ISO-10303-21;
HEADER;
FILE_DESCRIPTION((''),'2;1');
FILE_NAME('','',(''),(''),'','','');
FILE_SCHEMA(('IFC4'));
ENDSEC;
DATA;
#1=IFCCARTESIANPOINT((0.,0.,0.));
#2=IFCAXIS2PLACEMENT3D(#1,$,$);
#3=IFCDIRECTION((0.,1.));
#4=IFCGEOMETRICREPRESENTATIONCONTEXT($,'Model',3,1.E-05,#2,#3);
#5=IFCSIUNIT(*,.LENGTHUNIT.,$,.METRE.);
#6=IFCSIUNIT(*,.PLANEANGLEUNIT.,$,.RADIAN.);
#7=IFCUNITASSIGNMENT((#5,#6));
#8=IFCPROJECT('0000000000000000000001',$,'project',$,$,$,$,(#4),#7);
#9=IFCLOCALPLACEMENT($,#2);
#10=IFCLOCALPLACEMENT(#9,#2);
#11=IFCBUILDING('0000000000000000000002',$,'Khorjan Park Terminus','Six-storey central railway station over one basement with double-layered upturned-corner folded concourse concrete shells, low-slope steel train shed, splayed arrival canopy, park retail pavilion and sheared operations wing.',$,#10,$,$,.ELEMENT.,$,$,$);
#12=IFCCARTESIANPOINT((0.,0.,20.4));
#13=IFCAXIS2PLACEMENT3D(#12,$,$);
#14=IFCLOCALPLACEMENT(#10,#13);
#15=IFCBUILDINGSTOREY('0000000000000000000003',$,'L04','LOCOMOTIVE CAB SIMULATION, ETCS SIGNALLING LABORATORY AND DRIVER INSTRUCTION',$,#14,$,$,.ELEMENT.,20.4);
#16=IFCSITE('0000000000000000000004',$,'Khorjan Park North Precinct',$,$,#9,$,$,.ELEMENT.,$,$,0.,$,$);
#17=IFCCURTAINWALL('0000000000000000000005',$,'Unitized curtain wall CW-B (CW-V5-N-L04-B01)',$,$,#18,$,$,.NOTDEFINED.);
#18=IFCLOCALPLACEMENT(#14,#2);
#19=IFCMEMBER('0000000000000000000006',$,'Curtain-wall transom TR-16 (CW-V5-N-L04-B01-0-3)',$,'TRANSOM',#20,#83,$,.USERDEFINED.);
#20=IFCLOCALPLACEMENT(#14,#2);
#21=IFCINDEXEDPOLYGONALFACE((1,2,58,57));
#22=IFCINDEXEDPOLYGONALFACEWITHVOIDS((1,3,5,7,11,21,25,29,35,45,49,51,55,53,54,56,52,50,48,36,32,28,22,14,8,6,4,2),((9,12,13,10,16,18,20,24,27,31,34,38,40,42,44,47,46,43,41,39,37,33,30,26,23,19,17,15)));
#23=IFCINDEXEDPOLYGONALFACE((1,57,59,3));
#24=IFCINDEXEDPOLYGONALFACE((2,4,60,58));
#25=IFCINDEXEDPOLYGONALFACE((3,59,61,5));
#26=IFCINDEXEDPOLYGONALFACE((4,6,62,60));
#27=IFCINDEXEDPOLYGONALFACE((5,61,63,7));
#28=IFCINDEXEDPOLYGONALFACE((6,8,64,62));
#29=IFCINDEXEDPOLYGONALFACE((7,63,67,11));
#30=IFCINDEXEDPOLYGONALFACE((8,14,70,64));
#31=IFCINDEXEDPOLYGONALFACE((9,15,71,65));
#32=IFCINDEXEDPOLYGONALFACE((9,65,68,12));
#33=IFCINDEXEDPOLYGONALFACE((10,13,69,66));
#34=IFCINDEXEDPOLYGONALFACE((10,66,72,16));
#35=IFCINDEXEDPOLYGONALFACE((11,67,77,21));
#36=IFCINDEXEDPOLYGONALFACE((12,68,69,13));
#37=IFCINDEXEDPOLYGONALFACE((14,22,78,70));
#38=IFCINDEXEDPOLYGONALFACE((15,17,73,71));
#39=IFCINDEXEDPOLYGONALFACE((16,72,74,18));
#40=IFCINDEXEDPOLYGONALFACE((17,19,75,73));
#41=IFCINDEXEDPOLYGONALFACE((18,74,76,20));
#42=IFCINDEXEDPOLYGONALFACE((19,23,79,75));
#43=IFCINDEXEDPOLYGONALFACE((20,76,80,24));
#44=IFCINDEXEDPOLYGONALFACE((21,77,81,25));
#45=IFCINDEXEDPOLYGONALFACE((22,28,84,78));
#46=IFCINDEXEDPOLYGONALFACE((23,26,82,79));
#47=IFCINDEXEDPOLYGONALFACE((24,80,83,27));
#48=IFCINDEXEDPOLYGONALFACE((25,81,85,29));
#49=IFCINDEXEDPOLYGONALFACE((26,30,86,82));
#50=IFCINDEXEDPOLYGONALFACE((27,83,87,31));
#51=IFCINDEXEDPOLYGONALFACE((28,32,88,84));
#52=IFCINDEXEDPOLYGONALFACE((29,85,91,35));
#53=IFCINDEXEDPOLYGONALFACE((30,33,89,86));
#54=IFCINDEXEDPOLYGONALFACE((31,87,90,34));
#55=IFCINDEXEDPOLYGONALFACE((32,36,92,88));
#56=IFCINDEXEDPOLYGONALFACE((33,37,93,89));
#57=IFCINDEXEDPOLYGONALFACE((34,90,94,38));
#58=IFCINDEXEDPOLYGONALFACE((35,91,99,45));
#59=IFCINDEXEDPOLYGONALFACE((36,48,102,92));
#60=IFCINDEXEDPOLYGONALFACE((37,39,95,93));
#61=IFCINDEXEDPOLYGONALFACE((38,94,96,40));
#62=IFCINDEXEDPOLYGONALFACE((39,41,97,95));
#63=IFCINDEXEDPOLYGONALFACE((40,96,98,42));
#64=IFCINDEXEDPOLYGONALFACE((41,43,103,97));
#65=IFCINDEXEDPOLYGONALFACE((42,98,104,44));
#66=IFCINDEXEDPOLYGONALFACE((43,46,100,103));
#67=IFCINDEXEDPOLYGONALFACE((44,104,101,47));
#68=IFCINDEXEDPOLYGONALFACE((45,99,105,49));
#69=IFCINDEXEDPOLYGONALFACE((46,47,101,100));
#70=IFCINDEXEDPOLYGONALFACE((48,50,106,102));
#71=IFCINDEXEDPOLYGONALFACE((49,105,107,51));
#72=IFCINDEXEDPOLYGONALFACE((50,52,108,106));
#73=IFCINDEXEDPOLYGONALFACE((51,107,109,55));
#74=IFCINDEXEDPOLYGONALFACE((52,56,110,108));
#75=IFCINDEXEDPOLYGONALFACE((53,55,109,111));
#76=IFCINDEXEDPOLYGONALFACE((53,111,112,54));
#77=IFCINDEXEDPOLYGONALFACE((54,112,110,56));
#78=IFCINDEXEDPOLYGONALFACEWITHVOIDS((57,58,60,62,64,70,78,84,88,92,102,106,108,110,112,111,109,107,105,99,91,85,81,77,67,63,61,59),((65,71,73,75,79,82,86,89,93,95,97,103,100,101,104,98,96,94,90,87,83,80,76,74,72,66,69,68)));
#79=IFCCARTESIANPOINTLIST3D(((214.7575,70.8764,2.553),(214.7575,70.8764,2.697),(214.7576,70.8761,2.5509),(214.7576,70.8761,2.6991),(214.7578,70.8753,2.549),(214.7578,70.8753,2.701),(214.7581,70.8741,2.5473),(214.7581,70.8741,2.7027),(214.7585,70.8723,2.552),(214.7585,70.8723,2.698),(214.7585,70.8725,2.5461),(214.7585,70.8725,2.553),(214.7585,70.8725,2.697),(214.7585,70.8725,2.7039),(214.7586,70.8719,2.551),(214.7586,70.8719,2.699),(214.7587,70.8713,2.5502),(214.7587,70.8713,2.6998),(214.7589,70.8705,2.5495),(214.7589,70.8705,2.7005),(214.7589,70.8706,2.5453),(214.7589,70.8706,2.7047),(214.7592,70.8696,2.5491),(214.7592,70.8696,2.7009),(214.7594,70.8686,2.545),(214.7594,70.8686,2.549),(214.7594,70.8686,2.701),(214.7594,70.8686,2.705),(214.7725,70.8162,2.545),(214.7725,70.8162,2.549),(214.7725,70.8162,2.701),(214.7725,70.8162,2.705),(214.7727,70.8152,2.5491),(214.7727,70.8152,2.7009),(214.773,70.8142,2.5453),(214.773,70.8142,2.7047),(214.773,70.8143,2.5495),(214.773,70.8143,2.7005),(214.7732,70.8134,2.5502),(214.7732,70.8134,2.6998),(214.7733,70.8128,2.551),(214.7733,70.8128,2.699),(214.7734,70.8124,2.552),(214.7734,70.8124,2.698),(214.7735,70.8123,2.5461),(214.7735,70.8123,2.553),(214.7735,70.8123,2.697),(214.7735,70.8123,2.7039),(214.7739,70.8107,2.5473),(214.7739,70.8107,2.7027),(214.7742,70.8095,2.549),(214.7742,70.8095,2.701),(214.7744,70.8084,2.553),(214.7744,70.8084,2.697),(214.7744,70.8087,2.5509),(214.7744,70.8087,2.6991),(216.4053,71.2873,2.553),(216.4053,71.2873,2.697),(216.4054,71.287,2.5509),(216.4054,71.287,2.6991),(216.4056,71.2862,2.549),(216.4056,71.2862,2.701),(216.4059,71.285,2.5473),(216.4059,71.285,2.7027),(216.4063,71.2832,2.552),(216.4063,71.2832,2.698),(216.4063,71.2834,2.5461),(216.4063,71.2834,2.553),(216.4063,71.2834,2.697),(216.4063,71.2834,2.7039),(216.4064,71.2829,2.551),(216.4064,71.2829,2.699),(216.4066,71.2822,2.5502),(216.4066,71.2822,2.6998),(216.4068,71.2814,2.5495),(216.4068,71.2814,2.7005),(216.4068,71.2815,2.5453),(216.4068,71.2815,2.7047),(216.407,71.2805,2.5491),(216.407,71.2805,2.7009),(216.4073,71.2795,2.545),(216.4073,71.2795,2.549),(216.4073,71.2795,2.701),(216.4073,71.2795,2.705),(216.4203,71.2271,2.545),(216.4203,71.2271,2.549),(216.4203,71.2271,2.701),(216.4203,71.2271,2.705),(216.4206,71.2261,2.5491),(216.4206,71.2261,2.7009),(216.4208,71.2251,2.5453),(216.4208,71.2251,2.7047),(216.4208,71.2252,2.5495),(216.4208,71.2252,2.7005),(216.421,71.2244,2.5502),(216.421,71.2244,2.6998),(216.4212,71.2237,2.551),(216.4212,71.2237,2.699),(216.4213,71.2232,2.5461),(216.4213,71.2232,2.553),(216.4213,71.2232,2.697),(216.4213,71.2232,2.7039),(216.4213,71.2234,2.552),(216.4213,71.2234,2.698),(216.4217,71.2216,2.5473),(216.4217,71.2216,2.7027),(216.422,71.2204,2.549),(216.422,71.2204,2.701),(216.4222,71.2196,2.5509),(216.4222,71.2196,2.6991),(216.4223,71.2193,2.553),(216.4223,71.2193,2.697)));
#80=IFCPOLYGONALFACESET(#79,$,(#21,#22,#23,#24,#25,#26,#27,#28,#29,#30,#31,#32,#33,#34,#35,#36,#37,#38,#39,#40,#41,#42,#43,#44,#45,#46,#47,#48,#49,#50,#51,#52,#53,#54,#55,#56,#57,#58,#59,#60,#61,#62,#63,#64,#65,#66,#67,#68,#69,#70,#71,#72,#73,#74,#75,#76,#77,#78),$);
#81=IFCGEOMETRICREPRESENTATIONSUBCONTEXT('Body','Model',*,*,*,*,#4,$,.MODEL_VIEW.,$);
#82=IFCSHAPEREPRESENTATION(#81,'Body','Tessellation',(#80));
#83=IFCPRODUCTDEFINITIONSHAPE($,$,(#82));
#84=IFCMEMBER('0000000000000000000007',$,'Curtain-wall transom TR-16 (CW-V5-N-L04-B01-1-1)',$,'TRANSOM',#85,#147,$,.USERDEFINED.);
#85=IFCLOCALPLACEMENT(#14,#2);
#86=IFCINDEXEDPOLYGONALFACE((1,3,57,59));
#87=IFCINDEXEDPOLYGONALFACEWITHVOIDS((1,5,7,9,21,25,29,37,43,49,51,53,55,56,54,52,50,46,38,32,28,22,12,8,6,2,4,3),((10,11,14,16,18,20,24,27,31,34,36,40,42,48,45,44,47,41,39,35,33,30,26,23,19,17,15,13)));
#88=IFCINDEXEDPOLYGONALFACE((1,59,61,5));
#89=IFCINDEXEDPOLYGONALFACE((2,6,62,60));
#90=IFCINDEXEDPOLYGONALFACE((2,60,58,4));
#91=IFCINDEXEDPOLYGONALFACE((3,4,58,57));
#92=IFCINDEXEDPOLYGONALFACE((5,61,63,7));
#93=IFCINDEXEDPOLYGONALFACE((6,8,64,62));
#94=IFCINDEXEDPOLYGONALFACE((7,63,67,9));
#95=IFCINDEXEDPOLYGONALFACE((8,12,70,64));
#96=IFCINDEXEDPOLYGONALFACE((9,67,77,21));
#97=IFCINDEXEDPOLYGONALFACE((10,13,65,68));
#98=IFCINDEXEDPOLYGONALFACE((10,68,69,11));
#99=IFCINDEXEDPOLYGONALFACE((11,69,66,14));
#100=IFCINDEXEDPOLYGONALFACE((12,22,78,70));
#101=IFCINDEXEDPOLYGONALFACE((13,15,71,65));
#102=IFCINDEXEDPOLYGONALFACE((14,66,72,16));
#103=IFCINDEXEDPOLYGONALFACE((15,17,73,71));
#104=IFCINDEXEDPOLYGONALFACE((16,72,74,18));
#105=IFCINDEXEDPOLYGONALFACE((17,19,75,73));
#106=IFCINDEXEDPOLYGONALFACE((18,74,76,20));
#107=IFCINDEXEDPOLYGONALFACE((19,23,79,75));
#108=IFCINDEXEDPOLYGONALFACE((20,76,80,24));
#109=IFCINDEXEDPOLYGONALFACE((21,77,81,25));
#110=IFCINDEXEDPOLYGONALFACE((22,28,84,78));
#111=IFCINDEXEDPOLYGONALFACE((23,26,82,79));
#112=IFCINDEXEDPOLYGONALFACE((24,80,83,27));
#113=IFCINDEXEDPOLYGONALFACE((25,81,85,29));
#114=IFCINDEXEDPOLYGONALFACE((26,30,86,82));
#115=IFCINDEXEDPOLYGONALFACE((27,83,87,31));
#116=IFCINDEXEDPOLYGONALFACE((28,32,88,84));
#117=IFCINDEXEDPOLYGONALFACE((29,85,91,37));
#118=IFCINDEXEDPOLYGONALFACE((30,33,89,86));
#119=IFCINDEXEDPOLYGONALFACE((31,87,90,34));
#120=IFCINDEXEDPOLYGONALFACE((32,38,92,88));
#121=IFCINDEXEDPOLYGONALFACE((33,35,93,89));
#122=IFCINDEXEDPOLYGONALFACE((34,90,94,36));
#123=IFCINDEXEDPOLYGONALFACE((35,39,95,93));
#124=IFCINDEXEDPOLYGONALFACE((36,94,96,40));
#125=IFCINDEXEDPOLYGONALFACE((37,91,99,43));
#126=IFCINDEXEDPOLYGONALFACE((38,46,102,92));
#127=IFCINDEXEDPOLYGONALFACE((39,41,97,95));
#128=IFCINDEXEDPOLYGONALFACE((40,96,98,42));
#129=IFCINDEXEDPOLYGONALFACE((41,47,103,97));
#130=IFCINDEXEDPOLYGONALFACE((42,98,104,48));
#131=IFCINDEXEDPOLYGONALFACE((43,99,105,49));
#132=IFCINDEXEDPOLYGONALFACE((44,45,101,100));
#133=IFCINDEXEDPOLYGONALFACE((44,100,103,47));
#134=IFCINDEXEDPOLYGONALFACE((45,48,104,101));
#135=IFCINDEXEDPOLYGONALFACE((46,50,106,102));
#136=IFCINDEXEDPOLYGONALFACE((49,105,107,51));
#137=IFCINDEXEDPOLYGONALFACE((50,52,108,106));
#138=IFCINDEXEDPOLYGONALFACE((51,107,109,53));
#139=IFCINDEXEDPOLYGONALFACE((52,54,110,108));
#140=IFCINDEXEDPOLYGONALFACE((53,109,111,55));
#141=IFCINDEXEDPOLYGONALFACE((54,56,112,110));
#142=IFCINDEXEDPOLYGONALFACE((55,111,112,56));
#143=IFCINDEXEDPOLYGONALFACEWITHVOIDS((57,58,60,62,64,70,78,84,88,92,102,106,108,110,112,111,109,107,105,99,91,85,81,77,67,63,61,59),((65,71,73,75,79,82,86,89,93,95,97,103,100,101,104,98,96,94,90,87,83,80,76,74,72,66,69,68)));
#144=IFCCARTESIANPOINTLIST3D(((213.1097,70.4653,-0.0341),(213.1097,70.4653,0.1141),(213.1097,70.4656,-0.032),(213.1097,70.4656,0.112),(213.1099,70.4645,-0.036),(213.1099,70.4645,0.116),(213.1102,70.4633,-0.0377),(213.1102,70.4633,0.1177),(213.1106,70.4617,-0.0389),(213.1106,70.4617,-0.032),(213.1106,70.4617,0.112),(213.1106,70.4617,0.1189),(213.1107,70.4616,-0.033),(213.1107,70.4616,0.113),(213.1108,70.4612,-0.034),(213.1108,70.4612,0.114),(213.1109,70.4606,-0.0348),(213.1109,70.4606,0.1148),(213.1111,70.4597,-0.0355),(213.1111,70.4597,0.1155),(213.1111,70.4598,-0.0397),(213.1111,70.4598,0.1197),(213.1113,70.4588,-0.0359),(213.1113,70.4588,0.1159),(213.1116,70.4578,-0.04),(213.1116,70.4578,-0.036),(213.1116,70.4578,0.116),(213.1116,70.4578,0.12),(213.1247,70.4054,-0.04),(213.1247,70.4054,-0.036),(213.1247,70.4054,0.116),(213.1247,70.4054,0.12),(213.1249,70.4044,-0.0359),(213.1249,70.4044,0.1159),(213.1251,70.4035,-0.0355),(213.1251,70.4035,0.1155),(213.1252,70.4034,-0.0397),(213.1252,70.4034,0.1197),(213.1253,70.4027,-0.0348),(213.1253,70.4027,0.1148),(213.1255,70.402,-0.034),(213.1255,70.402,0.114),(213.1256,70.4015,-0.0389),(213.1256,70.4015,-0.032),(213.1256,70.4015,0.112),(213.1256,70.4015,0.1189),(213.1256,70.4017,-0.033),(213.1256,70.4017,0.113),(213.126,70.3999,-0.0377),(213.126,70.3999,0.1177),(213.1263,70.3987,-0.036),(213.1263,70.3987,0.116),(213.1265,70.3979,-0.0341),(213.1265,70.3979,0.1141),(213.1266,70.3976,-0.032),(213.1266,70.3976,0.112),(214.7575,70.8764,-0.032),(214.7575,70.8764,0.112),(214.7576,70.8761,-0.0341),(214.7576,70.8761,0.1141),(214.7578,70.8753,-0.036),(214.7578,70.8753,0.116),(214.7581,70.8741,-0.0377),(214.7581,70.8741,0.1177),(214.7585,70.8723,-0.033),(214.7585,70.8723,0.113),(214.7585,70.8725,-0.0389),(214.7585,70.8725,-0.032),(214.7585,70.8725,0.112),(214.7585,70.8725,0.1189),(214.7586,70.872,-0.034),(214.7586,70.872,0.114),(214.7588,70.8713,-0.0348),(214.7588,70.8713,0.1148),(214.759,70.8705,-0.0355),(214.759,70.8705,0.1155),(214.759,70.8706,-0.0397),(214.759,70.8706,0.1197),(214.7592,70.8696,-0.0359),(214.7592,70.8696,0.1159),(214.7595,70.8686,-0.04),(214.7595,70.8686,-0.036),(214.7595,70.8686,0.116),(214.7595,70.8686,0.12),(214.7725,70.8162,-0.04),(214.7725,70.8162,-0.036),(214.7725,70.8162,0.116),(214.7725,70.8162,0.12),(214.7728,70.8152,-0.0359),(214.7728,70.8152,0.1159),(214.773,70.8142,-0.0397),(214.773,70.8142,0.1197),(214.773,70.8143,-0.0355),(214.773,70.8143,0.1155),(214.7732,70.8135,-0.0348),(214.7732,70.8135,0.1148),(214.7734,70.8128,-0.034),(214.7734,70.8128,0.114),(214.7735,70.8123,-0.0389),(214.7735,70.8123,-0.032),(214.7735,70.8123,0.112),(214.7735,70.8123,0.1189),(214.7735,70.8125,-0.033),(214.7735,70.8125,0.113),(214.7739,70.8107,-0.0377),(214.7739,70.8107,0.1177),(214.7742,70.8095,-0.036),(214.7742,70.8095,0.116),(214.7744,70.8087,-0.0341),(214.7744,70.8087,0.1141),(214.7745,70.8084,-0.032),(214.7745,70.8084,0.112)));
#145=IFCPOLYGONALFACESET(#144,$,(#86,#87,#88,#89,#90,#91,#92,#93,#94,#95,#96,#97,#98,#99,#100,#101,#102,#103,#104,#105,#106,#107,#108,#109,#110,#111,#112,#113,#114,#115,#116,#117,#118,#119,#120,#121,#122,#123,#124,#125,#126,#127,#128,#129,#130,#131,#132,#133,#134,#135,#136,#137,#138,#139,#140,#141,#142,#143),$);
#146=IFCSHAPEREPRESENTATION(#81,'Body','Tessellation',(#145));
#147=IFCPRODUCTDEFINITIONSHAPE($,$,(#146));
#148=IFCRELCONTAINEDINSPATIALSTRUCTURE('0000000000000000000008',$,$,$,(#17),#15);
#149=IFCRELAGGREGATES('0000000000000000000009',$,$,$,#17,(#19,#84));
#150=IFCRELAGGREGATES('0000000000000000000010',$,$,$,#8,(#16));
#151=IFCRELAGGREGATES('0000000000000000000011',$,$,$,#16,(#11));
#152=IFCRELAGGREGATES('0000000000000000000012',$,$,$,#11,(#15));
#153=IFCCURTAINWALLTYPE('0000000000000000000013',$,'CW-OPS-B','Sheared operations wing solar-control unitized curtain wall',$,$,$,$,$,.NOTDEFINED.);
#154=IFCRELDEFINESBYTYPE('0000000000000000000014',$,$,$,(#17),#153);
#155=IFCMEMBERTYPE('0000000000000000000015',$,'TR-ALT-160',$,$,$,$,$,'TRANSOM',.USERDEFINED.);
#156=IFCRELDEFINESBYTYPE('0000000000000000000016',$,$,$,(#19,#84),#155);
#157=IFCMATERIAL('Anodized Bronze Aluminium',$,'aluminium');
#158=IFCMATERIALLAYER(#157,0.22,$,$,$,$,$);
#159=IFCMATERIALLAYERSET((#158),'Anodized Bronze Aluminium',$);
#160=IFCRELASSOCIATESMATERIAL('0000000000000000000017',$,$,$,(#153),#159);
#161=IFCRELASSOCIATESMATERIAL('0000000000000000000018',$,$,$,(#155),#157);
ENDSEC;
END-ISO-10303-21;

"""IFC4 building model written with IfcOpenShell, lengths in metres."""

from ifc_helpers import new_model, si_unit, direction, frame, origin, origin_2d, place, context, subcontext, project, spatial, hollow_rectangle, extrude, material, layer, layer_set, material_profile, profile_set, type_object, element, aggregate, save


model = new_model("IFC4")

# Units and contexts
model_context = context("Model", 3, precision=1e-05, world=origin(), true_north=direction((0.0, 1.0)))
body_context = subcontext(model_context, "Body", "Model", "MODEL_VIEW")
ifc_project = project(units=[si_unit("LENGTHUNIT", "METRE"), si_unit("PLANEANGLEUNIT", "RADIAN")], contexts=[model_context])

# Site, building, storey
site_placement = place(None, origin())
site = spatial("IfcSite", under=ifc_project, at=site_placement, Name="Khorjan Park North Precinct", CompositionType="ELEMENT", RefElevation=0.0)
building_placement = place(site_placement, origin())
building = spatial("IfcBuilding", under=site, at=building_placement, Name="Khorjan Park Terminus", Description="Six-storey central railway station over one basement with double-layered upturned-corner folded concourse concrete shells, low-slope steel train shed, splayed arrival canopy, park retail pavilion and sheared operations wing.", CompositionType="ELEMENT")
storey_placement = place(building_placement, frame((0.0, 0.0, 20.4)))
storey = spatial("IfcBuildingStorey", under=building, at=storey_placement, Name="L04", Description="LOCOMOTIVE CAB SIMULATION, ETCS SIGNALLING LABORATORY AND DRIVER INSTRUCTION", CompositionType="ELEMENT", Elevation=20.4)

# Shared definitions
ifc_material_1 = material(Name="Anodized Bronze Aluminium", Category="aluminium")
ifc_layer_1 = layer(ifc_material_1, 0.22)
ifc_layer_set_1 = layer_set([ifc_layer_1], Name="Anodized Bronze Aluminium")
curtain_wall_type = type_object("IfcCurtainWallType", Name="CW-OPS-B", Description="Sheared operations wing solar-control unitized curtain wall", PredefinedType="NOTDEFINED", material=ifc_layer_set_1)

# Curtain wall, members
curtain_wall_1_placement = place(storey_placement, origin())
curtain_wall_1 = element("IfcCurtainWall", 1, at=curtain_wall_1_placement, inside=storey, type_object=curtain_wall_type, Name="Unitized curtain wall CW-B (CW-V5-N-L04-B01)", PredefinedType="NOTDEFINED")
ifc_material_profile_1 = material_profile(ifc_material_1, hollow_rectangle(XDim=0.07, YDim=0.16, WallThickness=0.004, InnerFilletRadius=0.004, OuterFilletRadius=0.008, at=origin_2d()), Name="ALT 70x160x4")
ifc_profile_set_1 = profile_set([ifc_material_profile_1], Name="Anodized Bronze Aluminium")
member_type_1 = type_object("IfcMemberType", Name="TR-ALT-160", ElementType="TRANSOM", PredefinedType="USERDEFINED", material=ifc_profile_set_1)
member_1_placement = place(storey_placement, frame((216.4138, 71.2533, 2.625), z_axis=(-0.970288, -0.241954, 0.0), x_axis=(0.241954, -0.970288, 0.0)))
member_1 = element("IfcMember", 2, at=member_1_placement, type_object=member_type_1, Name="Curtain-wall transom TR-16 (CW-V5-N-L04-B01-0-3)", ObjectType="TRANSOM", PredefinedType="USERDEFINED", context=body_context, shape_type="SweptSolid", body=[
    extrude(hollow_rectangle(XDim=0.07, YDim=0.16, WallThickness=0.004, InnerFilletRadius=0.004, OuterFilletRadius=0.008, at=origin_2d()), origin(), (0.0, 0.0, 1.0), 1.6983),
])
member_2_placement = place(storey_placement, frame((214.766, 70.8424, 0.04), z_axis=(-0.970305, -0.241884, 0.0), x_axis=(0.241884, -0.970305, 0.0)))
member_2 = element("IfcMember", 3, at=member_2_placement, type_object=member_type_1, Name="Curtain-wall transom TR-16 (CW-V5-N-L04-B01-1-1)", ObjectType="TRANSOM", PredefinedType="USERDEFINED", context=body_context, shape_type="SweptSolid", body=[
    extrude(hollow_rectangle(XDim=0.07, YDim=0.16, WallThickness=0.004, InnerFilletRadius=0.004, OuterFilletRadius=0.008, at=origin_2d()), origin(), (0.0, 0.0, 1.0), 1.6983),
])

aggregate(curtain_wall_1, [member_1, member_2])

save(model, "model.ifc")
